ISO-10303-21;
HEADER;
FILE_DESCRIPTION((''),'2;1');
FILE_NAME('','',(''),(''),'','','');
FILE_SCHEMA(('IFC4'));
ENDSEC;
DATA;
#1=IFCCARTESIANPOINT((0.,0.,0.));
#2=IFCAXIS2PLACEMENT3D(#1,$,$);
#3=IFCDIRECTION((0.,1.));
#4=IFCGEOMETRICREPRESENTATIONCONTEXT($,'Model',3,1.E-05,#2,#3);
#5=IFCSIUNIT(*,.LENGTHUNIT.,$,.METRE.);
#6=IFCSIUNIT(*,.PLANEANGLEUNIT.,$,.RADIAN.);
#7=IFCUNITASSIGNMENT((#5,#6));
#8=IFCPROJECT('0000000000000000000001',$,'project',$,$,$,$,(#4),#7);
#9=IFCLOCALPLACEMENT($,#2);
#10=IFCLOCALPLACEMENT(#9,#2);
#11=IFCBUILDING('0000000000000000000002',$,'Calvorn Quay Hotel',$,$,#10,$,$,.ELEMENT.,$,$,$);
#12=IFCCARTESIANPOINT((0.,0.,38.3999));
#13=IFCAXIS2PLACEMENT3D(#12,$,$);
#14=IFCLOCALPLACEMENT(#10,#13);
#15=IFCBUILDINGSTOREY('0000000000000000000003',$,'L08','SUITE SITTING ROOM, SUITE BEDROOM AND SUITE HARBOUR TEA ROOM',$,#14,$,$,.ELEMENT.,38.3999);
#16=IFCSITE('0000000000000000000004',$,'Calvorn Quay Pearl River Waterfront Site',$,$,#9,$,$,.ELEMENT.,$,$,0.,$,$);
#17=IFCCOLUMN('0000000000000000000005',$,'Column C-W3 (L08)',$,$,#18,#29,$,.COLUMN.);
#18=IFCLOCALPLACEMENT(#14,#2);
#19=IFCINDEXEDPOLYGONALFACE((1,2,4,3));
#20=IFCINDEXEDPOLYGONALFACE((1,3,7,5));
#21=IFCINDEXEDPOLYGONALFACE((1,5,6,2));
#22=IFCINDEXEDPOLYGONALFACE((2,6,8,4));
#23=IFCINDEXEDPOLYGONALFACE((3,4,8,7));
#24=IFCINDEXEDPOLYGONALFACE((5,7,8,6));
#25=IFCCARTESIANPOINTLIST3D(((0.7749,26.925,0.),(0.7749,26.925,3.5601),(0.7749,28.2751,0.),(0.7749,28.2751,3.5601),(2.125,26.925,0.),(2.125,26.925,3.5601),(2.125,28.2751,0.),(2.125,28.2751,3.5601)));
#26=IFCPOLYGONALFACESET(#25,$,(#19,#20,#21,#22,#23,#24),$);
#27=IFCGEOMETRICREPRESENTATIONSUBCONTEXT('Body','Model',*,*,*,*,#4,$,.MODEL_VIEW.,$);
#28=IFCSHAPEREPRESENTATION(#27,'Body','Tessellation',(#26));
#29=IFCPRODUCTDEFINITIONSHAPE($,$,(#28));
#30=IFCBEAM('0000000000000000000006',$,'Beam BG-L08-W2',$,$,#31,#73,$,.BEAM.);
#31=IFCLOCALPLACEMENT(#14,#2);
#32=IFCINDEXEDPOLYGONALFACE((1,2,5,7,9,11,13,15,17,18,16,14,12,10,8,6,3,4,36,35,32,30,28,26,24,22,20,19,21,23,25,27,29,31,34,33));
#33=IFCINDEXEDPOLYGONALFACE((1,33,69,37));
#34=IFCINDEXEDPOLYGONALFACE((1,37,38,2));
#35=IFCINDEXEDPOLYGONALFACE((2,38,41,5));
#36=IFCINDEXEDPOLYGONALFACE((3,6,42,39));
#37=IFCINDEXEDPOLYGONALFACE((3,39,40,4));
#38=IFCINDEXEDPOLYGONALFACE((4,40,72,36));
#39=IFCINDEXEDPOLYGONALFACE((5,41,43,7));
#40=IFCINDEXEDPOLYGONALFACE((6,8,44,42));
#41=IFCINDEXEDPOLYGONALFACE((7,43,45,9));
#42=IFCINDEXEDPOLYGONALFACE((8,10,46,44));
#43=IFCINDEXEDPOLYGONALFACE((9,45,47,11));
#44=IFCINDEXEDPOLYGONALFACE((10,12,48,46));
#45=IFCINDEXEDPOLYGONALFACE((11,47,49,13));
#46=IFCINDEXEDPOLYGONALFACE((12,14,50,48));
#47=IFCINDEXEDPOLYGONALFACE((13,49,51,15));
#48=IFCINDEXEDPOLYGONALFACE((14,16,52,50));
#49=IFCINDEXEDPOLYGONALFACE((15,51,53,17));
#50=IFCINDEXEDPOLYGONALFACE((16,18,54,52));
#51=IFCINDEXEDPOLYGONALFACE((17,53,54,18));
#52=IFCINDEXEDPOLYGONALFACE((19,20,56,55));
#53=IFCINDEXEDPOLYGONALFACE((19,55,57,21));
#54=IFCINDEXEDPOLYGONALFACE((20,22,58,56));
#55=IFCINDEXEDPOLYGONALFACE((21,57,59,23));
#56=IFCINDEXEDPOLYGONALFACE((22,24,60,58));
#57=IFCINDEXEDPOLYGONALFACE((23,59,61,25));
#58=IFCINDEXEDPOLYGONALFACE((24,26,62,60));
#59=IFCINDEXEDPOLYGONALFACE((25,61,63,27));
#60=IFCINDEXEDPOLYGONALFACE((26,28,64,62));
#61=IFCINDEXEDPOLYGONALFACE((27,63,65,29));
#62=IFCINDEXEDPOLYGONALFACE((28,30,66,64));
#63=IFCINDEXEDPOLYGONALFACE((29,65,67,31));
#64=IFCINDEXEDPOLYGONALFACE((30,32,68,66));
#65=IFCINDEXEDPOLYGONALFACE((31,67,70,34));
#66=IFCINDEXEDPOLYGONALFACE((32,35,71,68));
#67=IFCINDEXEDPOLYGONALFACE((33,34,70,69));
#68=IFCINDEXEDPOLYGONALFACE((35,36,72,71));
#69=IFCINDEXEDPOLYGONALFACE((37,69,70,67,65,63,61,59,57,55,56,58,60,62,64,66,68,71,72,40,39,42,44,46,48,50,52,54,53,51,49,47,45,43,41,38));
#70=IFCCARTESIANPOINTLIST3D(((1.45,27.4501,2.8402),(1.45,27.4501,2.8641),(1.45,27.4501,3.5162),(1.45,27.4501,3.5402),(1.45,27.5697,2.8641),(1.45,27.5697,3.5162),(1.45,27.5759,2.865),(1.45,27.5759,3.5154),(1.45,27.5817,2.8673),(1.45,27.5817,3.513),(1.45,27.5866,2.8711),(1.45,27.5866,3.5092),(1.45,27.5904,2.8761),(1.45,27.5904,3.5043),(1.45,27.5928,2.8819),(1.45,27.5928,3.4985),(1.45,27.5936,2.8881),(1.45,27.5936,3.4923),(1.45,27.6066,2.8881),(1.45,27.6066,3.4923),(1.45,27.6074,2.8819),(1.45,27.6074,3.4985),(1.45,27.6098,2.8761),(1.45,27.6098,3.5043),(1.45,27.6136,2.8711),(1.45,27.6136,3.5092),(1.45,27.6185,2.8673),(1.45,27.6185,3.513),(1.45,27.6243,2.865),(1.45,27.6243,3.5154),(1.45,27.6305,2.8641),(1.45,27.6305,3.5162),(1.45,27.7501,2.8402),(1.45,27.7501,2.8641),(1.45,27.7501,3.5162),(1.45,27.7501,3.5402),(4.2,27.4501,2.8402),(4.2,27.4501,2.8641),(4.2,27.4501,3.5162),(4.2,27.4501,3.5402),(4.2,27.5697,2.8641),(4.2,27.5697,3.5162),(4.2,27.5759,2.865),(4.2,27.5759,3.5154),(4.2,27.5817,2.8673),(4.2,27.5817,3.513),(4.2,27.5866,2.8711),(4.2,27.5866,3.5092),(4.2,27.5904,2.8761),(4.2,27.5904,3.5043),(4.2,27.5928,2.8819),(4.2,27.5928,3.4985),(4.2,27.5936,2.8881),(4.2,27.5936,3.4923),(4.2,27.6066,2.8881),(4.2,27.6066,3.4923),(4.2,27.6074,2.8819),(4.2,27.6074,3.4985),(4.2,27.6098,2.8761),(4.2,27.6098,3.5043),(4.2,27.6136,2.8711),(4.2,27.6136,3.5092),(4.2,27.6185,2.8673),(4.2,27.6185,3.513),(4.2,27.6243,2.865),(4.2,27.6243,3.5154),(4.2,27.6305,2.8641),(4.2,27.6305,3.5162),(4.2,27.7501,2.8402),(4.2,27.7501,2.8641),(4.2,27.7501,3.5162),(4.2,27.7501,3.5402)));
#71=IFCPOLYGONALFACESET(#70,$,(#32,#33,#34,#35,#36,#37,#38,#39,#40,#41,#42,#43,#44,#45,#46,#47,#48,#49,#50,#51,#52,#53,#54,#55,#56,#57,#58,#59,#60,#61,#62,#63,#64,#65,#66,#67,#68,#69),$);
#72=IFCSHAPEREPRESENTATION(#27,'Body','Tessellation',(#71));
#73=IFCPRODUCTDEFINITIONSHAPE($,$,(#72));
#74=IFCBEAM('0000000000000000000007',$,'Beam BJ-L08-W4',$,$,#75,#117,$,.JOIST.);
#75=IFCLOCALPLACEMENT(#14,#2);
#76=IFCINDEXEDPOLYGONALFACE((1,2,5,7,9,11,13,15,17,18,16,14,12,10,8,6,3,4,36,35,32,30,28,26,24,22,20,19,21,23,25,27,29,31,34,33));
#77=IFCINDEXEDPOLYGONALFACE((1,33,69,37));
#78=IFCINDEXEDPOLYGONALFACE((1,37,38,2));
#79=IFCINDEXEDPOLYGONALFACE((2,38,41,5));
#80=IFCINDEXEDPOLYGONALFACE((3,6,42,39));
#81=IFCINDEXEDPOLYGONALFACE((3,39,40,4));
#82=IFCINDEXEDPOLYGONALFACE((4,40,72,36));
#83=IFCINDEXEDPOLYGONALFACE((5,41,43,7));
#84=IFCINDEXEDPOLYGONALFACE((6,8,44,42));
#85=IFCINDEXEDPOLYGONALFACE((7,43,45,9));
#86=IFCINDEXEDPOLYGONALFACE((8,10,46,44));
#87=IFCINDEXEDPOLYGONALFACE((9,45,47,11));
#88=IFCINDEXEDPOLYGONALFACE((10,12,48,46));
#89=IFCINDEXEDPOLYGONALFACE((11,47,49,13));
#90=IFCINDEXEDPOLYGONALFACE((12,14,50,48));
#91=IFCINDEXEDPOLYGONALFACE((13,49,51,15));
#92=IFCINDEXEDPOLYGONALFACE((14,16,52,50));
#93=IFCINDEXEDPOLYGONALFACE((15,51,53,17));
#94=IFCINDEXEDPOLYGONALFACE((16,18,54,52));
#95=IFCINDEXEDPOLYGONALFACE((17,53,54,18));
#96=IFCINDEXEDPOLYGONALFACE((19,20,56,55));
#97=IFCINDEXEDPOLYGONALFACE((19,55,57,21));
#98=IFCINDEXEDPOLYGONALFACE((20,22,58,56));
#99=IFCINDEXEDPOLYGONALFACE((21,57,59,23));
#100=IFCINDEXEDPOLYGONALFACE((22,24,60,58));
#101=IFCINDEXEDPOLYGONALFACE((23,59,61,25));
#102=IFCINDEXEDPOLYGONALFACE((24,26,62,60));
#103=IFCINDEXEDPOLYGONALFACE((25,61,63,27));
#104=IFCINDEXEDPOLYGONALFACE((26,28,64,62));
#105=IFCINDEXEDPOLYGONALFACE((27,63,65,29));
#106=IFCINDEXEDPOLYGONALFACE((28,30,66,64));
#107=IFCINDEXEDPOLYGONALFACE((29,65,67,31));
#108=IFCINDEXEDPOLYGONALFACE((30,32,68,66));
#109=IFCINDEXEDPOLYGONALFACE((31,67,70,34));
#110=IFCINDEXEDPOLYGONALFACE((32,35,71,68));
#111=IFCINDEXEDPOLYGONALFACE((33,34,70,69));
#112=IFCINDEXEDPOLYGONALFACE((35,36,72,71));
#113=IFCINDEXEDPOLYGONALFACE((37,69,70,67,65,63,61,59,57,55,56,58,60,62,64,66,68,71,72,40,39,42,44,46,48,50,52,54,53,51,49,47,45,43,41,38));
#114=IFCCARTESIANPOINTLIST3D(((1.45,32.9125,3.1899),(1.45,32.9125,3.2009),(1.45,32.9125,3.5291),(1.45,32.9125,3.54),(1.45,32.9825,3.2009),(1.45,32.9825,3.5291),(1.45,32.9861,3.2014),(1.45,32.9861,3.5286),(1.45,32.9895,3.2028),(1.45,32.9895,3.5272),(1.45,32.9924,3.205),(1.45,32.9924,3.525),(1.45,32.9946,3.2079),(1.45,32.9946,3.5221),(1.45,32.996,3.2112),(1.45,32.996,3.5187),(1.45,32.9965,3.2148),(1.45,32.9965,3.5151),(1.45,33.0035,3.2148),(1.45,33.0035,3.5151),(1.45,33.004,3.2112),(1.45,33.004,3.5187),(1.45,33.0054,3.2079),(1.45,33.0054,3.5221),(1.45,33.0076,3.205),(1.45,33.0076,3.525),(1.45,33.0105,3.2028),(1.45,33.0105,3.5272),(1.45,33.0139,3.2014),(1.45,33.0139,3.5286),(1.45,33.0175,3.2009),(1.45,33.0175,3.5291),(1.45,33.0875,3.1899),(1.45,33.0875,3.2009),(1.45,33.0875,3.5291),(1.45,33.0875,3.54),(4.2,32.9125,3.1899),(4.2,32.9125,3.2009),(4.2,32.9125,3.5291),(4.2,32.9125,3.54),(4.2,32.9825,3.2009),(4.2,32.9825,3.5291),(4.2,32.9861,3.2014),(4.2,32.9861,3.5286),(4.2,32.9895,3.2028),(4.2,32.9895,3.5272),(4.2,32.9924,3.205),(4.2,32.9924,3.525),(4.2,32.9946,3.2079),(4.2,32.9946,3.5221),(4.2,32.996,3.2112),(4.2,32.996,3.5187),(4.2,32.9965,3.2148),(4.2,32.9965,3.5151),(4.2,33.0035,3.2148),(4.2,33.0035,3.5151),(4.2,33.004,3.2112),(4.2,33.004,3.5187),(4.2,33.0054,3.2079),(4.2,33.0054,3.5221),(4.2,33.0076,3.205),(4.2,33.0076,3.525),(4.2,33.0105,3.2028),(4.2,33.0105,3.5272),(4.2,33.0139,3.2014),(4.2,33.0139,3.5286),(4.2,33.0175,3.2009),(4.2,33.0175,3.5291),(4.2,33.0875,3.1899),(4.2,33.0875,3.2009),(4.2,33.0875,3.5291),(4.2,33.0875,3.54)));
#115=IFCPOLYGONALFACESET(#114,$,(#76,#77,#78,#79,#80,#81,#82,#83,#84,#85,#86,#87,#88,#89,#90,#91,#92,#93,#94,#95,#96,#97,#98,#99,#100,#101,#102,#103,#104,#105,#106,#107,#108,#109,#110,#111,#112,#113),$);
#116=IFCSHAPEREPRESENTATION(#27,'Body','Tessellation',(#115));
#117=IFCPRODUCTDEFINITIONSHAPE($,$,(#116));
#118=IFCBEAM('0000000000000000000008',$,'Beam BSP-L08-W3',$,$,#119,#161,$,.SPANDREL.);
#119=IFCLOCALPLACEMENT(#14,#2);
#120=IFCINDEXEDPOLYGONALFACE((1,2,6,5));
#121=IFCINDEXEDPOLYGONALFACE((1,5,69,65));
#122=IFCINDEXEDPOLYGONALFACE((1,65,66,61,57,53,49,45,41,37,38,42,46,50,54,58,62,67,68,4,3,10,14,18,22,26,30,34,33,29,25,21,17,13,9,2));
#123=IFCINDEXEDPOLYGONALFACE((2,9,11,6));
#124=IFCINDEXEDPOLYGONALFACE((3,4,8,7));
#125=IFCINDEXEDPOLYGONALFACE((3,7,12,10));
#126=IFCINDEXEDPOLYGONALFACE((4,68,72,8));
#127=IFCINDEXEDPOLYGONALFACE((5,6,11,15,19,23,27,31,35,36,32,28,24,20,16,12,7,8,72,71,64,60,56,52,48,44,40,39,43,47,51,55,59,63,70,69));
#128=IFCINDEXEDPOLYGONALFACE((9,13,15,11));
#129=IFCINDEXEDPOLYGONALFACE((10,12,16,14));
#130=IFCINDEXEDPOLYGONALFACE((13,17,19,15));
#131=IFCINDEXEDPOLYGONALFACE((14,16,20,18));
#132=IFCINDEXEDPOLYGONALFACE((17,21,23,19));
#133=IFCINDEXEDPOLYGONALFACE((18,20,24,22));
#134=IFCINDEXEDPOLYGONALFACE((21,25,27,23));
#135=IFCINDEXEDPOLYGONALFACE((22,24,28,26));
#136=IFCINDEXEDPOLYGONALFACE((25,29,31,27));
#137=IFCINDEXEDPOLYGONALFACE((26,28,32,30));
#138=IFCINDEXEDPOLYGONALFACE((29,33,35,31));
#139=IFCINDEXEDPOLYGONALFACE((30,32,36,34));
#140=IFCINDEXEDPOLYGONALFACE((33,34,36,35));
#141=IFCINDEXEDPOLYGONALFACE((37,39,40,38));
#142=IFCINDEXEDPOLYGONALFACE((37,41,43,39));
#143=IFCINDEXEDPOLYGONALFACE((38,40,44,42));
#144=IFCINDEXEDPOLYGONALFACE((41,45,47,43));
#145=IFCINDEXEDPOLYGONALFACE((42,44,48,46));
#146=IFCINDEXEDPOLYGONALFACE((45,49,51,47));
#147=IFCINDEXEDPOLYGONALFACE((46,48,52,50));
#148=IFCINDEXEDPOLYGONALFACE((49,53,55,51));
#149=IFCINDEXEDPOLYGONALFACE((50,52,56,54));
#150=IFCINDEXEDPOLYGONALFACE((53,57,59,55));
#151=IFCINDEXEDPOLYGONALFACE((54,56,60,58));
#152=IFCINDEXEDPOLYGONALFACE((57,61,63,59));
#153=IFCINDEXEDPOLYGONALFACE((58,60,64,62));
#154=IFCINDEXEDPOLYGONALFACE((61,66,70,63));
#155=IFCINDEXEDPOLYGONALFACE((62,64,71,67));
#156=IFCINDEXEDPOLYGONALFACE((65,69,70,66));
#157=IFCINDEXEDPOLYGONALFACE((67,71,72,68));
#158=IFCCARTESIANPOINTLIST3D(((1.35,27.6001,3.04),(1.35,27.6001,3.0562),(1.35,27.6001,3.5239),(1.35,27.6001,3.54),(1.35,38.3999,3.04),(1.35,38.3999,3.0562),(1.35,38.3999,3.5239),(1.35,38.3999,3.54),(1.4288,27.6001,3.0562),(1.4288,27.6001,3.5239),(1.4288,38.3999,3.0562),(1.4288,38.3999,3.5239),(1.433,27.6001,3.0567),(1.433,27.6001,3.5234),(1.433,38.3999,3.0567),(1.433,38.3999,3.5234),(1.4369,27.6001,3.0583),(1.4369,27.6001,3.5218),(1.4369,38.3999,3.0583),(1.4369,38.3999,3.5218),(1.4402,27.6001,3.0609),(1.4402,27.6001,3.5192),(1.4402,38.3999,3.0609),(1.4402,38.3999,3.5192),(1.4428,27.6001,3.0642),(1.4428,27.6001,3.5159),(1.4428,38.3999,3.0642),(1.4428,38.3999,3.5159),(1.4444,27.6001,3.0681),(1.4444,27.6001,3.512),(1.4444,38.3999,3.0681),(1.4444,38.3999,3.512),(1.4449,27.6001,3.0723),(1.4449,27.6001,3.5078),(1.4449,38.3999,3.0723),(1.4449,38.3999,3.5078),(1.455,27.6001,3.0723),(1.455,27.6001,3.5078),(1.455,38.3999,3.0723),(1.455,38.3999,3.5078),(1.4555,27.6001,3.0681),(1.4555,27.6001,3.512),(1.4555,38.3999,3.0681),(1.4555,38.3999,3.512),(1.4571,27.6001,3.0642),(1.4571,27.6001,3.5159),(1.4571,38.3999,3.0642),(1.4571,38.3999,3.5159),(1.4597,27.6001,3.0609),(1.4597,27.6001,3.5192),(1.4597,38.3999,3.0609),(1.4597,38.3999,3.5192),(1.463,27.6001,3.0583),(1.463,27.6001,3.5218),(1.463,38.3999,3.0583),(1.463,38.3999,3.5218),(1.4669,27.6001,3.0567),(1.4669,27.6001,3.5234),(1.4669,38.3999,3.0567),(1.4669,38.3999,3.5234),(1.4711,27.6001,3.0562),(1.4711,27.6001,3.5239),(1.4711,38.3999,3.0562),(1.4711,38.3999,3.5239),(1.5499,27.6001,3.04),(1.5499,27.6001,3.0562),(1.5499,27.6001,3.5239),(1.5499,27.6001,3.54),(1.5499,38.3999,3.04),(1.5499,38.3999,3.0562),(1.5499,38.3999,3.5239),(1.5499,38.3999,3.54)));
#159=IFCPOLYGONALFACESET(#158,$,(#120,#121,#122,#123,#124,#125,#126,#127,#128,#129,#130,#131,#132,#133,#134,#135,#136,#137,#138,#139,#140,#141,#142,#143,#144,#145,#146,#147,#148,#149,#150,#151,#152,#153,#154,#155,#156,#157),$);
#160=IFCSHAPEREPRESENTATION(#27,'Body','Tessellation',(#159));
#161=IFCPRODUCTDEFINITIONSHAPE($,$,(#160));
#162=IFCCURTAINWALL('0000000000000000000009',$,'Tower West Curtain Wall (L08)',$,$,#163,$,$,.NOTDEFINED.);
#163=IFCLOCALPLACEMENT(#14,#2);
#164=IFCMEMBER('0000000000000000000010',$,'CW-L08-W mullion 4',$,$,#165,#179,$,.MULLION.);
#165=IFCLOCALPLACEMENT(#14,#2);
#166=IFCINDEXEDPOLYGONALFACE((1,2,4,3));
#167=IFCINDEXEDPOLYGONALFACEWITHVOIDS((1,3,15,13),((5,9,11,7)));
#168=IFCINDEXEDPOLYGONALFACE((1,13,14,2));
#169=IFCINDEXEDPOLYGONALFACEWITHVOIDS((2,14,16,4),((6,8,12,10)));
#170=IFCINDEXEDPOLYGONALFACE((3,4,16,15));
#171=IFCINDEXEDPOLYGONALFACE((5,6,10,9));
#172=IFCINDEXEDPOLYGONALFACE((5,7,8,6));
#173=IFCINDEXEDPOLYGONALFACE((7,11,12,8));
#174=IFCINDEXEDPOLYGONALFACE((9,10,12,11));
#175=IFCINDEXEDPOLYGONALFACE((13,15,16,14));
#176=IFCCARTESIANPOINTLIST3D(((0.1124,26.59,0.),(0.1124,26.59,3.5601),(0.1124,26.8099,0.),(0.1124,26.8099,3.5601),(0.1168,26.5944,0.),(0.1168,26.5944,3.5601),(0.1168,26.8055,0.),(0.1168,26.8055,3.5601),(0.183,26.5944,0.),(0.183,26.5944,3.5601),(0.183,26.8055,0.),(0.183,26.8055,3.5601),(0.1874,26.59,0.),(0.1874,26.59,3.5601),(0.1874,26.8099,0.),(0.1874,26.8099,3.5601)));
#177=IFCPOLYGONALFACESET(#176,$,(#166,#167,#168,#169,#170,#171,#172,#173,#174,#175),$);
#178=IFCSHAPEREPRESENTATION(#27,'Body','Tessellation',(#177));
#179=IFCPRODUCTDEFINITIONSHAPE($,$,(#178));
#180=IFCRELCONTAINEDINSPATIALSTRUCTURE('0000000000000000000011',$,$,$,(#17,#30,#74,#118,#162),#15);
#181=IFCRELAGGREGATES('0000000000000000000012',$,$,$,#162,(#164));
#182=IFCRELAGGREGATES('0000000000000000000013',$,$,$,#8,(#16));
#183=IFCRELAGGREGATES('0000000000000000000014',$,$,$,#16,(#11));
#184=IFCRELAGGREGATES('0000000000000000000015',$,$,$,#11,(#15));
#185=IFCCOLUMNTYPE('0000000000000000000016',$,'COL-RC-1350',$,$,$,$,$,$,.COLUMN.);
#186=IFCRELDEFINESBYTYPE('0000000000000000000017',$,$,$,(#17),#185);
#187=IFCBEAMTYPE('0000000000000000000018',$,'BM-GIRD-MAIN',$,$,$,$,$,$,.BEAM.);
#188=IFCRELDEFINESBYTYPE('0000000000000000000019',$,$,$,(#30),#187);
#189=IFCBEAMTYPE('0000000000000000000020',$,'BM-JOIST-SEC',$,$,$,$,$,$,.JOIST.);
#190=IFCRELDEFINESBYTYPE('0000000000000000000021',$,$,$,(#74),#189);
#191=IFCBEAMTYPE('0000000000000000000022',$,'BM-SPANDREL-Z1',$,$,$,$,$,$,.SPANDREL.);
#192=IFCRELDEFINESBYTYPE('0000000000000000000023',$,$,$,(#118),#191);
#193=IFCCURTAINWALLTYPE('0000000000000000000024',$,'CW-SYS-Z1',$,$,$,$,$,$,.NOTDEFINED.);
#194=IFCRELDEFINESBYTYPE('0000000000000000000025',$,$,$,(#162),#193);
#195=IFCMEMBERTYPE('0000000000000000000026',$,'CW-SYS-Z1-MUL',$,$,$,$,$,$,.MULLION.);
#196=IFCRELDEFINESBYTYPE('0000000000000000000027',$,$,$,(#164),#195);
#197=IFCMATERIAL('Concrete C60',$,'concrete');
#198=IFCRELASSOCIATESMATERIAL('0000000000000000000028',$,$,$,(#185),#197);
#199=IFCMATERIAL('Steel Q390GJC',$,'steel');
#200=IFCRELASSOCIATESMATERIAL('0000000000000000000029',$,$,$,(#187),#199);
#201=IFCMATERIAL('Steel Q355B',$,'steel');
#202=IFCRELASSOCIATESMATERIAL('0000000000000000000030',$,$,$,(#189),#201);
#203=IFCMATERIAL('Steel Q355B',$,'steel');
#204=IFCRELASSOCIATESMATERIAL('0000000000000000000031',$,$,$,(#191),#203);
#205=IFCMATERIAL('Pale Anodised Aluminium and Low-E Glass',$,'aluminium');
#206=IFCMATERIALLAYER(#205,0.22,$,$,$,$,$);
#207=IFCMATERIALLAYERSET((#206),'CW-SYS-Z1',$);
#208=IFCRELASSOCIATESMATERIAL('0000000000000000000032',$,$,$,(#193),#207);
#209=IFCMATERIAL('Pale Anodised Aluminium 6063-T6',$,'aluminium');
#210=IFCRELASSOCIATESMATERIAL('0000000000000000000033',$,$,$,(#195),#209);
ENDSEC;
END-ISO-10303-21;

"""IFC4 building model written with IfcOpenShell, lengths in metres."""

from ifc_helpers import new_model, si_unit, direction, frame, origin, origin_2d, place, context, subcontext, project, spatial, rectangle, hollow_rectangle, i_section, extrude, material, layer, layer_set, material_profile, profile_set, type_object, element, aggregate, save


model = new_model("IFC4")

# Units and contexts
model_context = context("Model", 3, precision=1e-05, world=origin(), true_north=direction((0.0, 1.0)))
body_context = subcontext(model_context, "Body", "Model", "MODEL_VIEW")
ifc_project = project(units=[si_unit("LENGTHUNIT", "METRE"), si_unit("PLANEANGLEUNIT", "RADIAN")], contexts=[model_context])

# Site, building, storey
site_placement = place(None, origin())
site = spatial("IfcSite", under=ifc_project, at=site_placement, Name="Calvorn Quay Pearl River Waterfront Site", CompositionType="ELEMENT", RefElevation=0.0)
building_placement = place(site_placement, origin())
building = spatial("IfcBuilding", under=site, at=building_placement, Name="Calvorn Quay Hotel", CompositionType="ELEMENT")
storey_placement = place(building_placement, frame((0.0, 0.0, 38.3999)))
storey = spatial("IfcBuildingStorey", under=building, at=storey_placement, Name="L08", Description="SUITE SITTING ROOM, SUITE BEDROOM AND SUITE HARBOUR TEA ROOM", CompositionType="ELEMENT", Elevation=38.3999)

# Column
ifc_material_1 = material(Name="Concrete C60", Category="concrete")
ifc_material_profile_1 = material_profile(ifc_material_1, rectangle(XDim=1.3501, YDim=1.3501, at=origin_2d()), Name="RC1350x1350")
ifc_profile_set_1 = profile_set([ifc_material_profile_1], Name="Concrete C60")
column_type = type_object("IfcColumnType", Name="COL-RC-1350", PredefinedType="COLUMN", material=ifc_profile_set_1)
column_placement = place(storey_placement, frame((1.45, 27.6001, 0.0), z_axis=(0.0, 0.0, 1.0), x_axis=(1.0, 0.0, 0.0)))
element("IfcColumn", 1, at=column_placement, inside=storey, type_object=column_type, Name="Column C-W3 (L08)", PredefinedType="COLUMN", context=body_context, shape_type="SweptSolid", body=[
    extrude(rectangle(XDim=1.3501, YDim=1.3501, at=origin_2d()), origin(), (0.0, 0.0, 1.0), 3.5601),
])

# Beams
ifc_material_2 = material(Name="Steel Q390GJC", Category="steel")
ifc_material_profile_2 = material_profile(ifc_material_2, i_section(OverallWidth=0.3, OverallDepth=0.7, WebThickness=0.0129, FlangeThickness=0.0239, FilletRadius=0.0239, at=origin_2d()), Name="HN700x300x13x24")
ifc_profile_set_2 = profile_set([ifc_material_profile_2], Name="Steel Q390GJC")
beam_type_1 = type_object("IfcBeamType", Name="BM-GIRD-MAIN", PredefinedType="BEAM", material=ifc_profile_set_2)
beam_1_placement = place(storey_placement, frame((1.45, 27.6001, 3.1902), z_axis=(1.0, 0.0, 0.0), x_axis=(0.0, 1.0, 0.0)))
element("IfcBeam", 2, at=beam_1_placement, inside=storey, type_object=beam_type_1, Name="Beam BG-L08-W2", PredefinedType="BEAM", context=body_context, shape_type="SweptSolid", body=[
    extrude(i_section(OverallWidth=0.3, OverallDepth=0.7, WebThickness=0.0129, FlangeThickness=0.0239, FilletRadius=0.0239, at=origin_2d()), origin(), (0.0, 0.0, 1.0), 2.75),
])
ifc_material_3 = material(Name="Steel Q355B", Category="steel")
ifc_material_profile_3 = material_profile(ifc_material_3, i_section(OverallWidth=0.175, OverallDepth=0.3501, WebThickness=0.0071, FlangeThickness=0.011, FilletRadius=0.0139, at=origin_2d()), Name="HN350x175x7x11")
ifc_profile_set_3 = profile_set([ifc_material_profile_3], Name="Steel Q355B")
beam_type_2 = type_object("IfcBeamType", Name="BM-JOIST-SEC", PredefinedType="JOIST", material=ifc_profile_set_3)
beam_2_placement = place(storey_placement, frame((1.45, 33.0, 3.365), z_axis=(1.0, 0.0, 0.0), x_axis=(0.0, 1.0, 0.0)))
element("IfcBeam", 3, at=beam_2_placement, inside=storey, type_object=beam_type_2, Name="Beam BJ-L08-W4", PredefinedType="JOIST", context=body_context, shape_type="SweptSolid", body=[
    extrude(i_section(OverallWidth=0.175, OverallDepth=0.3501, WebThickness=0.0071, FlangeThickness=0.011, FilletRadius=0.0139, at=origin_2d()), origin(), (0.0, 0.0, 1.0), 2.75),
])
ifc_material_4 = material(Name="Steel Q355B", Category="steel")
ifc_material_profile_4 = material_profile(ifc_material_4, i_section(OverallWidth=0.2, OverallDepth=0.5, WebThickness=0.01, FlangeThickness=0.0161, FilletRadius=0.0161, at=origin_2d()), Name="HN500x200x10x16")
ifc_profile_set_4 = profile_set([ifc_material_profile_4], Name="Steel Q355B")
beam_type_3 = type_object("IfcBeamType", Name="BM-SPANDREL-Z1", PredefinedType="SPANDREL", material=ifc_profile_set_4)
beam_3_placement = place(storey_placement, frame((1.45, 27.6001, 3.29), z_axis=(0.0, 1.0, 0.0), x_axis=(-1.0, 0.0, 0.0)))
element("IfcBeam", 4, at=beam_3_placement, inside=storey, type_object=beam_type_3, Name="Beam BSP-L08-W3", PredefinedType="SPANDREL", context=body_context, shape_type="SweptSolid", body=[
    extrude(i_section(OverallWidth=0.2, OverallDepth=0.5, WebThickness=0.01, FlangeThickness=0.0161, FilletRadius=0.0161, at=origin_2d()), origin(), (0.0, 0.0, 1.0), 10.7998),
])

# Curtain wall, member
ifc_material_5 = material(Name="Pale Anodised Aluminium and Low-E Glass", Category="aluminium")
ifc_layer_1 = layer(ifc_material_5, 0.22)
ifc_layer_set_1 = layer_set([ifc_layer_1], Name="CW-SYS-Z1")
curtain_wall_type = type_object("IfcCurtainWallType", Name="CW-SYS-Z1", PredefinedType="NOTDEFINED", material=ifc_layer_set_1)
curtain_wall_placement = place(storey_placement, origin())
curtain_wall = element("IfcCurtainWall", 5, at=curtain_wall_placement, inside=storey, type_object=curtain_wall_type, Name="Tower West Curtain Wall (L08)", PredefinedType="NOTDEFINED")
ifc_material_6 = material(Name="Pale Anodised Aluminium 6063-T6", Category="aluminium")
ifc_material_profile_5 = material_profile(ifc_material_6, hollow_rectangle(XDim=0.075, YDim=0.22, WallThickness=0.0044, at=origin_2d()), Name="ALU-M220x75x4.5")
ifc_profile_set_5 = profile_set([ifc_material_profile_5], Name="Pale Anodised Aluminium 6063-T6")
member_type_1 = type_object("IfcMemberType", Name="CW-SYS-Z1-MUL", PredefinedType="MULLION", material=ifc_profile_set_5)
member_1_placement = place(storey_placement, frame((0.1499, 26.7, 0.0), z_axis=(0.0, 0.0, 1.0), x_axis=(-1.0, 0.0, 0.0)))
member_1 = element("IfcMember", 6, at=member_1_placement, type_object=member_type_1, Name="CW-L08-W mullion 4", PredefinedType="MULLION", context=body_context, shape_type="SweptSolid", body=[
    extrude(hollow_rectangle(XDim=0.075, YDim=0.22, WallThickness=0.0044, at=origin_2d()), origin(), (0.0, 0.0, 1.0), 3.5601),
])
aggregate(curtain_wall, [member_1])

save(model, "model.ifc")
